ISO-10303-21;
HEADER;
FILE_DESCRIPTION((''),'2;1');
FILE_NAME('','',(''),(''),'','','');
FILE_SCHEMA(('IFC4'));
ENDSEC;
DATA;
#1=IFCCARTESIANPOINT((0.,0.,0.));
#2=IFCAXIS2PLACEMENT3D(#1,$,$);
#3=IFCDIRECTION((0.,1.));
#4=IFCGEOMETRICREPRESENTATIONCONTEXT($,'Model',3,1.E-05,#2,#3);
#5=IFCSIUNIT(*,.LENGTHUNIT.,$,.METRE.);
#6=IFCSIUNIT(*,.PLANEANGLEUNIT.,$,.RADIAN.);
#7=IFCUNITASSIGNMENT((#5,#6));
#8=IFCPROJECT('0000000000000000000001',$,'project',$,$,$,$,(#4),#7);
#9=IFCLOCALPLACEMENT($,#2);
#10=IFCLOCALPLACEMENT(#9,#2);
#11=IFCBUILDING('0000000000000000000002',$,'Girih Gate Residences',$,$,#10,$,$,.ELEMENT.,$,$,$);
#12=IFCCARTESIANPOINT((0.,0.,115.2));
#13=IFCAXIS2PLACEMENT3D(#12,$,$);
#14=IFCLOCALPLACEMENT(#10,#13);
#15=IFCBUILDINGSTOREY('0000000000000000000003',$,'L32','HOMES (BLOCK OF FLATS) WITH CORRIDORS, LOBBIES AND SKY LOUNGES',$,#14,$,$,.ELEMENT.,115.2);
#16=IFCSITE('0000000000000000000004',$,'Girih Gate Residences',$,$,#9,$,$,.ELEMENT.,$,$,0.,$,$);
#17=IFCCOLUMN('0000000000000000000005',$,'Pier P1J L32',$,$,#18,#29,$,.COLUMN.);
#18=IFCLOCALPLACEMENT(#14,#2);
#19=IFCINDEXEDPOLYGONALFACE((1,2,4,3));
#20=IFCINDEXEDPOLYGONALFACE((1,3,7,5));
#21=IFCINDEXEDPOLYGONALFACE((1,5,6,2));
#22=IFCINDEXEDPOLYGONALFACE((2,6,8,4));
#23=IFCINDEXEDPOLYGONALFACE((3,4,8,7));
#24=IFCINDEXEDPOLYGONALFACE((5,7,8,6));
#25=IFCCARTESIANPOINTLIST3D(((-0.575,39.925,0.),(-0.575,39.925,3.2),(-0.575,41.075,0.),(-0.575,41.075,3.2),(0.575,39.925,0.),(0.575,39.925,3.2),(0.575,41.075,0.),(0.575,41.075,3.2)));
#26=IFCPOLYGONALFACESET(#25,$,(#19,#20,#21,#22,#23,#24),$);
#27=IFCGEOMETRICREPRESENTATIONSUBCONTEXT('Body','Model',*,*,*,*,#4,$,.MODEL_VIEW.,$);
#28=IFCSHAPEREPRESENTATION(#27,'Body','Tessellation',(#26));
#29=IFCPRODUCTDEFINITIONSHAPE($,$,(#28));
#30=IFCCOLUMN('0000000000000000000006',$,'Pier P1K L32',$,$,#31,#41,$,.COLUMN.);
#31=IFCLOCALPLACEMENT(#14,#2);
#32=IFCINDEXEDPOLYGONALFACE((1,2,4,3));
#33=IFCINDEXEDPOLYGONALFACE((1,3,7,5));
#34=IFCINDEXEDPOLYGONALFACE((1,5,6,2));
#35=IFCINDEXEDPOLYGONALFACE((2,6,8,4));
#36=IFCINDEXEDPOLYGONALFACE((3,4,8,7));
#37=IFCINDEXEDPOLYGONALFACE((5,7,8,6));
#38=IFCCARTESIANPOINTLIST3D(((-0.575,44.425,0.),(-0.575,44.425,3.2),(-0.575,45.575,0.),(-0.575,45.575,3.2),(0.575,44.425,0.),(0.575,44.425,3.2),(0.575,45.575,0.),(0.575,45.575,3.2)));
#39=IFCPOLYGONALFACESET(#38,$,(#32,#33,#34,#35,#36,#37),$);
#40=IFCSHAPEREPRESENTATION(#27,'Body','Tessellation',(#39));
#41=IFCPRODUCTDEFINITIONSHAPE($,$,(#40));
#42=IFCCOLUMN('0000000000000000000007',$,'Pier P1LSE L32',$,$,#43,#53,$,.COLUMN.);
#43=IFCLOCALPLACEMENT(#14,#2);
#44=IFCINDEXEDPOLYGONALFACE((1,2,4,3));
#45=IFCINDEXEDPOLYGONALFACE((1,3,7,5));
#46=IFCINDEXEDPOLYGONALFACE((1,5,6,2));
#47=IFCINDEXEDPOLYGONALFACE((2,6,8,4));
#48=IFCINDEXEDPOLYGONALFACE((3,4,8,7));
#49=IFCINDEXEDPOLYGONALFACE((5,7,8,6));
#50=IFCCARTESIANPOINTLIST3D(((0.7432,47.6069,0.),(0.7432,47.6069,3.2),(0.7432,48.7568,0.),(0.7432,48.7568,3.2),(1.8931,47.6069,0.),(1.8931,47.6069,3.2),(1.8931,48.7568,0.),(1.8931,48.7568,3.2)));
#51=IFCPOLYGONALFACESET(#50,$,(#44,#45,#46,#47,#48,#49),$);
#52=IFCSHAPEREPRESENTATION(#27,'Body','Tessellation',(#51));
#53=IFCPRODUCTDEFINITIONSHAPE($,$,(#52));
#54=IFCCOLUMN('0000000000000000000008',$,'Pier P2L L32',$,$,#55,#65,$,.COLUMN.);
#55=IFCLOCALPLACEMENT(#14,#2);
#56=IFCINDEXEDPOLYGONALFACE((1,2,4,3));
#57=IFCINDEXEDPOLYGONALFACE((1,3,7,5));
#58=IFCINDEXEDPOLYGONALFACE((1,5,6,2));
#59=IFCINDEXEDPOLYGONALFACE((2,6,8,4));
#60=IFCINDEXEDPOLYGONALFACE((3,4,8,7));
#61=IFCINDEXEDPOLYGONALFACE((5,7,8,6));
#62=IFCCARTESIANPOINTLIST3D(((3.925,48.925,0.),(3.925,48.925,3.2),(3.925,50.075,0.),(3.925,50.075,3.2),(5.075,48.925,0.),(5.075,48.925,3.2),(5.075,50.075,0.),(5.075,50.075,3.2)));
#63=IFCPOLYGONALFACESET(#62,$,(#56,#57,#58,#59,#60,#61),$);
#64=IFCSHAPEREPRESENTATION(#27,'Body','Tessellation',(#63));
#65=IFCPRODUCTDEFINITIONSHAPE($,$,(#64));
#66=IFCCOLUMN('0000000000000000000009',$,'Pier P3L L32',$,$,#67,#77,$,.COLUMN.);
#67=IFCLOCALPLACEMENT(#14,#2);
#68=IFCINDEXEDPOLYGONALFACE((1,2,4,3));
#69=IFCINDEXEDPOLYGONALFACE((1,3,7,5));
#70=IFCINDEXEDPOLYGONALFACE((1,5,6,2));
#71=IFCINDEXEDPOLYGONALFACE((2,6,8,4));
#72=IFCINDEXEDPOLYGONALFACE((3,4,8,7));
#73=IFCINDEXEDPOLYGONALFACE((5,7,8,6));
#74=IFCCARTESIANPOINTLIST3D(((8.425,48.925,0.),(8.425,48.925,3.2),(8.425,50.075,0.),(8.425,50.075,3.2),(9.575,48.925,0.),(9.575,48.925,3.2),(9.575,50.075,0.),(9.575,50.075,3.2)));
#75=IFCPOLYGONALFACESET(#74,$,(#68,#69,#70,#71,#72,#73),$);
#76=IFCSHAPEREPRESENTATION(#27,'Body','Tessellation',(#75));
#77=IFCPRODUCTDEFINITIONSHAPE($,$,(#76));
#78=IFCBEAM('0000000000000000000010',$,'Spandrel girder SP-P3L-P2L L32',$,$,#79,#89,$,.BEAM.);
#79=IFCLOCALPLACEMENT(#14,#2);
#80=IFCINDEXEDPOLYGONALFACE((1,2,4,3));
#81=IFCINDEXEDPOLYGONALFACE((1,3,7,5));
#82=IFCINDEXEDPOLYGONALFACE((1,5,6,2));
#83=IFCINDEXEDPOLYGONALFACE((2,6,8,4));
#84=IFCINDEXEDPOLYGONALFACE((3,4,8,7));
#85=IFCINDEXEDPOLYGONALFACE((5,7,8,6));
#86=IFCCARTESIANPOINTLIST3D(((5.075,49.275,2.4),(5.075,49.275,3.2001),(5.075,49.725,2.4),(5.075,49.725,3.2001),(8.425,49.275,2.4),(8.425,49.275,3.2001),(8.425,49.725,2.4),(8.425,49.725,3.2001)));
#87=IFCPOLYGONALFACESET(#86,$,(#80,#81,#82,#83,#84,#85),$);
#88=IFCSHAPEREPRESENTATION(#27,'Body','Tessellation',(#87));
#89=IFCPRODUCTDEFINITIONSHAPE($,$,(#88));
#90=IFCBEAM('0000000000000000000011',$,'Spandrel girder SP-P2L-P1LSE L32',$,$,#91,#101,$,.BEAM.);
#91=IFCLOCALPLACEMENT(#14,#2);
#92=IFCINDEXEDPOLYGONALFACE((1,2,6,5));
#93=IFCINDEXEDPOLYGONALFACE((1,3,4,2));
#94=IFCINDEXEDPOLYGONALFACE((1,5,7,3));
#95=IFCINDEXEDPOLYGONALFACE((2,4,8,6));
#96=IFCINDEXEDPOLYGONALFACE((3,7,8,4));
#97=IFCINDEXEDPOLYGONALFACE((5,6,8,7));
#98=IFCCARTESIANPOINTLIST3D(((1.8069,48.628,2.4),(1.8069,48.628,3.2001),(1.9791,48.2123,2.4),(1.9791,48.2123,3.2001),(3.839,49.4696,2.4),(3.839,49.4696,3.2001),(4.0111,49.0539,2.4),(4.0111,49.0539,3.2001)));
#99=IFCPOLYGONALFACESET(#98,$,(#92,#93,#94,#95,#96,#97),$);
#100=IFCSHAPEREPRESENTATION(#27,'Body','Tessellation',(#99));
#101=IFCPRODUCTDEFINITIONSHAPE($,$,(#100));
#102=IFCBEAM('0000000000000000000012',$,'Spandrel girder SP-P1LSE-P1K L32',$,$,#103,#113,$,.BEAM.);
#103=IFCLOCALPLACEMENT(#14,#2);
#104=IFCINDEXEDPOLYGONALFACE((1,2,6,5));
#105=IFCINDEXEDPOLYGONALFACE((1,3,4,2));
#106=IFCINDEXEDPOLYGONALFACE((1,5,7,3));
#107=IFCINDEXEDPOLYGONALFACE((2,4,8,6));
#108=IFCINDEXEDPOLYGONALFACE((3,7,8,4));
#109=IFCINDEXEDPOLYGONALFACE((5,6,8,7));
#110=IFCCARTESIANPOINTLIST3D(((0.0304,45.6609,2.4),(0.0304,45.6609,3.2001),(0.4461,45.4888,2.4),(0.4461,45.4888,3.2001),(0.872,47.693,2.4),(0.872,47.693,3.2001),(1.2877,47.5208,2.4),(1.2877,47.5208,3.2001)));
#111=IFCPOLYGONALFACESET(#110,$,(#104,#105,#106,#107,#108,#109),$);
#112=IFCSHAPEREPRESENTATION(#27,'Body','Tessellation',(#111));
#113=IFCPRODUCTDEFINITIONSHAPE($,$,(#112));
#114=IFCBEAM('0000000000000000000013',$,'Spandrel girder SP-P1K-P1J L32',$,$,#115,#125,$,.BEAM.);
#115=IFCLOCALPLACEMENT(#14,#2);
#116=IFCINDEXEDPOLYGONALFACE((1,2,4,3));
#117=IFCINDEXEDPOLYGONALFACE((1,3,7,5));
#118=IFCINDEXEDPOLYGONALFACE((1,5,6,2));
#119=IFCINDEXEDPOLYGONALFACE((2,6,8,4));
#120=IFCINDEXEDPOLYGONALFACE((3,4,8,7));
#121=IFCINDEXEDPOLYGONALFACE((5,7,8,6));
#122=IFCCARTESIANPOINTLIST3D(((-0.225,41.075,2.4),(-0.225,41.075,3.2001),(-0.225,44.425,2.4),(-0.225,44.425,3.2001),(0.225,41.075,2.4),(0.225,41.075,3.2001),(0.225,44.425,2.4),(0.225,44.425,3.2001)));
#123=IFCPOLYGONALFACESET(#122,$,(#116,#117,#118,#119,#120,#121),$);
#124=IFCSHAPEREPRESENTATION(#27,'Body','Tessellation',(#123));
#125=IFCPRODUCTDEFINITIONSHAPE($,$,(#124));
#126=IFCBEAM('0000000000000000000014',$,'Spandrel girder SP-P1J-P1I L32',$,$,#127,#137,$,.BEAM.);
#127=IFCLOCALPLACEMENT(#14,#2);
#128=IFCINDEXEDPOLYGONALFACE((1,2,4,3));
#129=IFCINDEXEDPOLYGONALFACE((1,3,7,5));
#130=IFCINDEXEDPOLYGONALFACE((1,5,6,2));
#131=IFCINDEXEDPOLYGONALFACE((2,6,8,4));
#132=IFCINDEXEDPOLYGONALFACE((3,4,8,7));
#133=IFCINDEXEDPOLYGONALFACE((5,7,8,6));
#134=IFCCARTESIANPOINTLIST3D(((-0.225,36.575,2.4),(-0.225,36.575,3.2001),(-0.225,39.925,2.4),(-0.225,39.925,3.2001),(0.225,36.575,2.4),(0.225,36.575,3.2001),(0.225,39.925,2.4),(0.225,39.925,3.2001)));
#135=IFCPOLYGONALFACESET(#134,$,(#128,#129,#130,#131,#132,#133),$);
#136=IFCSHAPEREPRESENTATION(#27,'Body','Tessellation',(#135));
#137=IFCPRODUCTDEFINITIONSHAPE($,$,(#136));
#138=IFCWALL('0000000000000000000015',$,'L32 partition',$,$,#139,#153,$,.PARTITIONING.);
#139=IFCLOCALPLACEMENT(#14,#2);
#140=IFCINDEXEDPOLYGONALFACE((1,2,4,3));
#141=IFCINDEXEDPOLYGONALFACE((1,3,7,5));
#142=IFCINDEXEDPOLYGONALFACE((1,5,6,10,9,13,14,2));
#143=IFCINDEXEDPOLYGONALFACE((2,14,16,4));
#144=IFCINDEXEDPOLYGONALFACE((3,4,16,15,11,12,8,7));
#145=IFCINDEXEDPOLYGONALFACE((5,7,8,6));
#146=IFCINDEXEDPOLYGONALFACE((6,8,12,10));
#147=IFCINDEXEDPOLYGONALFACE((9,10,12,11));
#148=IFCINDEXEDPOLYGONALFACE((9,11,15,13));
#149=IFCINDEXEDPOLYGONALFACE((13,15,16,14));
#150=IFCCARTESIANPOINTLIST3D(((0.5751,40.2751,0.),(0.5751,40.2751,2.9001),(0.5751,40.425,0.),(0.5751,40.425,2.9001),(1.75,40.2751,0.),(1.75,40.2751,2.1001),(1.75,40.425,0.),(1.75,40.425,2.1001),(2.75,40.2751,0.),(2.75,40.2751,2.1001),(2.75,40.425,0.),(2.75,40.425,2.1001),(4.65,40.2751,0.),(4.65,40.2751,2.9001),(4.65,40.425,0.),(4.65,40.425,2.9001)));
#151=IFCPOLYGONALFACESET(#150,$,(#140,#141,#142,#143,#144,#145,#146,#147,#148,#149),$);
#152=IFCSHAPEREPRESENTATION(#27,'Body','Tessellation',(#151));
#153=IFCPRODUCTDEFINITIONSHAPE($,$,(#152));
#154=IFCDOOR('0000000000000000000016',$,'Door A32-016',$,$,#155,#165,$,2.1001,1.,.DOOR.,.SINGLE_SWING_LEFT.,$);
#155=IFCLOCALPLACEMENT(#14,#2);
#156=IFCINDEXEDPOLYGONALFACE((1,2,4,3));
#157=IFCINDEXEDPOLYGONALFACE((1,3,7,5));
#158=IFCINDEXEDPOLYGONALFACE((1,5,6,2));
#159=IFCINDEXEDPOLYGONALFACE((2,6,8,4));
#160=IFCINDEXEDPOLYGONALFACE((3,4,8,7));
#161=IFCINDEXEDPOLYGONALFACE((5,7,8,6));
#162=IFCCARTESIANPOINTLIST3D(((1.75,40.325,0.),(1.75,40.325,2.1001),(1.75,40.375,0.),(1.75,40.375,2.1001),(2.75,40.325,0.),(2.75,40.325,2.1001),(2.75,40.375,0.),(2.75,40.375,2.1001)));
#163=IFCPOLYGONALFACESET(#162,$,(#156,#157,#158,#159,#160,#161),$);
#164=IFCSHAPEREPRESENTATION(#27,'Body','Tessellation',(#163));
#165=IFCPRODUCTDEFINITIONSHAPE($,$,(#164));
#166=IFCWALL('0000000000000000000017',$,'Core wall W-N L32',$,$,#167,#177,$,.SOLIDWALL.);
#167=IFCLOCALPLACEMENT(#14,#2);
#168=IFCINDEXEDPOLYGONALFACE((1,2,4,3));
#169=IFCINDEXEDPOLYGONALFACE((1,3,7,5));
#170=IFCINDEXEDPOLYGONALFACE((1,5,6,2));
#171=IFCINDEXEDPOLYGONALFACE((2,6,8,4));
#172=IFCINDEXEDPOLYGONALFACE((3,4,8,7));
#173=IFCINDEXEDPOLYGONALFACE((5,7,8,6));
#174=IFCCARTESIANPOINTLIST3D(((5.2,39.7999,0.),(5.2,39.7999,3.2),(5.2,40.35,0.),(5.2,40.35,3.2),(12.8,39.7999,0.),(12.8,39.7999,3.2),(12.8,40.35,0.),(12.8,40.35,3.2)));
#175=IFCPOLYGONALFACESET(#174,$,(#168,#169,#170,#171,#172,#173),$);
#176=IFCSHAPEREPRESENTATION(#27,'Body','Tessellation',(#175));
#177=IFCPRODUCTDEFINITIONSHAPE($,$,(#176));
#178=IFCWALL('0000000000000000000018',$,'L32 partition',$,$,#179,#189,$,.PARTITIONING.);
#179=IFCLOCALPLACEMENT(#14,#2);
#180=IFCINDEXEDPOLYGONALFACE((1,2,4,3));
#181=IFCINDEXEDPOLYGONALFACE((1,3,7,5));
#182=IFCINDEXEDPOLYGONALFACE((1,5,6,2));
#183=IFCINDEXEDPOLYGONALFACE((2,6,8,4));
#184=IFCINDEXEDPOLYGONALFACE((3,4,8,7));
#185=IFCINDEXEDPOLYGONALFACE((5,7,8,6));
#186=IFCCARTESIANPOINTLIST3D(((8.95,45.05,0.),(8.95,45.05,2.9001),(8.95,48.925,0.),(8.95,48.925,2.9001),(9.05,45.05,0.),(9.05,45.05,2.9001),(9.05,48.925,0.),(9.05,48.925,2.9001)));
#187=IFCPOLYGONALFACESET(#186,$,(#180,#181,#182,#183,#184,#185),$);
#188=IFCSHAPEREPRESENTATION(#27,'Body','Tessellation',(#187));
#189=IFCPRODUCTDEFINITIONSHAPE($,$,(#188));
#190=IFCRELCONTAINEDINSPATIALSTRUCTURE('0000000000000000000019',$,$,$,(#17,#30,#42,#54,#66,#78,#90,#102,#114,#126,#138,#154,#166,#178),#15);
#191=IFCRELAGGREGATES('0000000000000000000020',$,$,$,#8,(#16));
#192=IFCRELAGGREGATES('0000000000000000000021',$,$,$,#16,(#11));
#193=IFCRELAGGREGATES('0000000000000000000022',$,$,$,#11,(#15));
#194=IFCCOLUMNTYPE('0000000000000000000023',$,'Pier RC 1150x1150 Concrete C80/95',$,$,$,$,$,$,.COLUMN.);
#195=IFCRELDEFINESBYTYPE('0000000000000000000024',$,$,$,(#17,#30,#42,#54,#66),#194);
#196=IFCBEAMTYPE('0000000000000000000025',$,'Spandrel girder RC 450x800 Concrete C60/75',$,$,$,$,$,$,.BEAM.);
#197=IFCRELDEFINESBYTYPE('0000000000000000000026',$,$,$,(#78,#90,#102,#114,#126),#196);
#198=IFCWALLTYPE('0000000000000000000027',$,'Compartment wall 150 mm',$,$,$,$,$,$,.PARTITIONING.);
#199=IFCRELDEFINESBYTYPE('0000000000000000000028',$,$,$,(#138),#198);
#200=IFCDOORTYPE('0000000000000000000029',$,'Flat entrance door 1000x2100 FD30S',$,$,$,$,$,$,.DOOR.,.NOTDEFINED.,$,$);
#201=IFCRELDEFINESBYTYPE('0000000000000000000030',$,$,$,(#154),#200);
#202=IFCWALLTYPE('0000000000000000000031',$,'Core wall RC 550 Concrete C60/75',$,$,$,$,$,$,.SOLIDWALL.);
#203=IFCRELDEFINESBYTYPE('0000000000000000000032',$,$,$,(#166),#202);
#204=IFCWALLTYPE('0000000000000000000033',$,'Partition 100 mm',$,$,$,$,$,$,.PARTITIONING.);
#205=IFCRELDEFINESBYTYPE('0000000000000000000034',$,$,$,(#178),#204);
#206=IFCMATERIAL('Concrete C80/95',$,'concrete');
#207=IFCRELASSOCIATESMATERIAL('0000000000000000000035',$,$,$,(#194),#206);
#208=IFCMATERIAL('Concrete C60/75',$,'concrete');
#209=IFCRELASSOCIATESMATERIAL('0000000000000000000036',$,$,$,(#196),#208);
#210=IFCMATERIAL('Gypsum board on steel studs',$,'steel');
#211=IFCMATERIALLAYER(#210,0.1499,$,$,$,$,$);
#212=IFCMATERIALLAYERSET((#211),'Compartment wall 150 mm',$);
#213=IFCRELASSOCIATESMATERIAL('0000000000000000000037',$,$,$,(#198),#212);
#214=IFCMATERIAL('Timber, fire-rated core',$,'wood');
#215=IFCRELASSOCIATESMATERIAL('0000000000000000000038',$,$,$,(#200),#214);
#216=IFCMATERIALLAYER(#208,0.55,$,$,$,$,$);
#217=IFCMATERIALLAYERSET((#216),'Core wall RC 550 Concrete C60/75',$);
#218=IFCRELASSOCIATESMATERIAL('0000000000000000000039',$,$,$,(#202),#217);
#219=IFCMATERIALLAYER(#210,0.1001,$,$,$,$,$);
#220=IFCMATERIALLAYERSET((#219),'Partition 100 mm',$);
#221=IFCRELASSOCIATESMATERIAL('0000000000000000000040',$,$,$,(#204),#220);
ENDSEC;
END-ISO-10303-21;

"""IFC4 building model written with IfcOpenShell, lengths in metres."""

from ifc_helpers import new_model, si_unit, direction, frame, frame_2d, origin, origin_2d, place, context, subcontext, project, spatial, rectangle, extrude, material, layer, layer_set, material_profile, profile_set, type_object, element, fill, save


model = new_model("IFC4")

# Units and contexts
model_context = context("Model", 3, precision=1e-05, world=origin(), true_north=direction((0.0, 1.0)))
body_context = subcontext(model_context, "Body", "Model", "MODEL_VIEW")
ifc_project = project(units=[si_unit("LENGTHUNIT", "METRE"), si_unit("PLANEANGLEUNIT", "RADIAN")], contexts=[model_context])

# Site, building, storey
site_placement = place(None, origin())
site = spatial("IfcSite", under=ifc_project, at=site_placement, Name="Girih Gate Residences", CompositionType="ELEMENT", RefElevation=0.0)
building_placement = place(site_placement, origin())
building = spatial("IfcBuilding", under=site, at=building_placement, Name="Girih Gate Residences", CompositionType="ELEMENT")
storey_placement = place(building_placement, frame((0.0, 0.0, 115.2)))
storey = spatial("IfcBuildingStorey", under=building, at=storey_placement, Name="L32", Description="HOMES (BLOCK OF FLATS) WITH CORRIDORS, LOBBIES AND SKY LOUNGES", CompositionType="ELEMENT", Elevation=115.2)

# Columns
ifc_material_1 = material(Name="Concrete C80/95", Category="concrete")
ifc_material_profile_1 = material_profile(ifc_material_1, rectangle(XDim=1.1499, YDim=1.1499, at=origin_2d()))
ifc_profile_set_1 = profile_set([ifc_material_profile_1], Name="Concrete C80/95")
column_type = type_object("IfcColumnType", Name="Pier RC 1150x1150 Concrete C80/95", PredefinedType="COLUMN", material=ifc_profile_set_1)
for number, where, z_axis, x_axis, name in (
    (1, (0.0, 40.5, 0.0), (0.0, 0.0, 1.0), (1.0, 0.0, 0.0), "Pier P1J L32"),
    (2, (0.0, 45.0, 0.0), (0.0, 0.0, 1.0), (1.0, 0.0, 0.0), "Pier P1K L32"),
    (3, (1.3181, 48.1819, 0.0), (0.0, 0.0, 1.0), (1.0, 0.0, 0.0), "Pier P1LSE L32"),
    (4, (4.5, 49.5, 0.0), (0.0, 0.0, 1.0), (1.0, 0.0, 0.0), "Pier P2L L32"),
    (5, (9.0, 49.5, 0.0), (0.0, 0.0, 1.0), (1.0, 0.0, 0.0), "Pier P3L L32"),
):
    element("IfcColumn", number, at=place(storey_placement, frame(where, z_axis=z_axis, x_axis=x_axis)), inside=storey, type_object=column_type, Name=name, PredefinedType="COLUMN", context=body_context, shape_type="SweptSolid", body=[
        extrude(rectangle(XDim=1.1499, YDim=1.1499, at=origin_2d()), origin(), (0.0, 0.0, 1.0), 3.2),
    ])

# Beams
ifc_material_2 = material(Name="Concrete C60/75", Category="concrete")
ifc_material_profile_2 = material_profile(ifc_material_2, rectangle(XDim=0.45, YDim=0.8, at=origin_2d()))
ifc_profile_set_2 = profile_set([ifc_material_profile_2], Name="Concrete C60/75")
beam_type = type_object("IfcBeamType", Name="Spandrel girder RC 450x800 Concrete C60/75", PredefinedType="BEAM", material=ifc_profile_set_2)
beam_placement = place(storey_placement, frame((8.425, 49.5, 2.8), z_axis=(-1.0, 0.0, 0.0), x_axis=(0.0, -1.0, 0.0)))
element("IfcBeam", 6, at=beam_placement, inside=storey, type_object=beam_type, Name="Spandrel girder SP-P3L-P2L L32", PredefinedType="BEAM", context=body_context, shape_type="SweptSolid", body=[
    extrude(rectangle(XDim=0.45, YDim=0.8, at=origin_2d()), origin(), (0.0, 0.0, 1.0), 3.3501),
])
for number, where, z_axis, x_axis, name in (
    (7, (3.925, 49.2617, 2.8), (-0.923899, -0.382636, 0.0), (0.382636, -0.923899, 0.0), "Spandrel girder SP-P2L-P1LSE L32"),
    (8, (1.0798, 47.6069, 2.8), (-0.382636, -0.923899, 0.0), (0.923899, -0.382636, 0.0), "Spandrel girder SP-P1LSE-P1K L32"),
):
    element("IfcBeam", number, at=place(storey_placement, frame(where, z_axis=z_axis, x_axis=x_axis)), inside=storey, type_object=beam_type, Name=name, PredefinedType="BEAM", context=body_context, shape_type="SweptSolid", body=[
        extrude(rectangle(XDim=0.45, YDim=0.8, at=origin_2d()), origin(), (0.0, 0.0, 1.0), 2.1995),
    ])
for number, where, z_axis, x_axis, name in (
    (9, (0.0, 44.425, 2.8), (0.0, -1.0, 0.0), (1.0, 0.0, 0.0), "Spandrel girder SP-P1K-P1J L32"),
    (10, (0.0, 39.925, 2.8), (0.0, -1.0, 0.0), (1.0, 0.0, 0.0), "Spandrel girder SP-P1J-P1I L32"),
):
    element("IfcBeam", number, at=place(storey_placement, frame(where, z_axis=z_axis, x_axis=x_axis)), inside=storey, type_object=beam_type, Name=name, PredefinedType="BEAM", context=body_context, shape_type="SweptSolid", body=[
        extrude(rectangle(XDim=0.45, YDim=0.8, at=origin_2d()), origin(), (0.0, 0.0, 1.0), 3.3501),
    ])

# Wall, opening, door
ifc_material_3 = material(Name="Gypsum board on steel studs", Category="steel")
ifc_layer_1 = layer(ifc_material_3, 0.1499)
ifc_layer_set_1 = layer_set([ifc_layer_1], Name="Compartment wall 150 mm")
wall_type_1 = type_object("IfcWallType", Name="Compartment wall 150 mm", PredefinedType="PARTITIONING", material=ifc_layer_set_1)
wall_1_placement = place(storey_placement, frame((0.575, 40.3501, 0.0), z_axis=(0.0, 0.0, 1.0), x_axis=(1.0, 0.0, 0.0)))
wall_1 = element("IfcWall", 11, at=wall_1_placement, inside=storey, type_object=wall_type_1, Name="L32 partition", PredefinedType="PARTITIONING", context=body_context, shape_type="SweptSolid", body=[
    extrude(rectangle(XDim=4.075, YDim=0.1499, at=frame_2d((2.0376, 0.0))), origin(), (0.0, 0.0, 1.0), 2.9001),
])
opening_1_placement = place(wall_1_placement, frame((1.175, 0.0, 0.0)))
opening_1 = element("IfcOpeningElement", 12, at=opening_1_placement, cuts=wall_1, PredefinedType="OPENING", context=body_context, shape_type="SweptSolid", body=[
    extrude(rectangle(XDim=1.0, YDim=2.1001, at=frame_2d((0.5, 1.05))), frame((0.0, 0.085, 0.0), z_axis=(0.0, -1.0, 0.0), x_axis=(1.0, 0.0, 0.0)), (0.0, 0.0, 1.0), 0.1699),
])
ifc_material_4 = material(Name="Timber, fire-rated core", Category="wood")
door_type_1 = type_object("IfcDoorType", Name="Flat entrance door 1000x2100 FD30S", OperationType="NOTDEFINED", PredefinedType="DOOR", material=ifc_material_4)
door_1_placement = place(opening_1_placement, origin())
door_1 = element("IfcDoor", 13, at=door_1_placement, inside=storey, type_object=door_type_1, Name="Door A32-016", OperationType="SINGLE_SWING_LEFT", OverallHeight=2.1001, OverallWidth=1.0, PredefinedType="DOOR", context=body_context, shape_type="SweptSolid", body=[
    extrude(rectangle(XDim=1.0, YDim=2.1001, at=frame_2d((0.5, 1.05))), frame((0.0, 0.0249, 0.0), z_axis=(0.0, -1.0, 0.0), x_axis=(1.0, 0.0, 0.0)), (0.0, 0.0, 1.0), 0.05),
])
fill(opening_1, door_1)

# Walls
ifc_layer_2 = layer(ifc_material_2, 0.55)
ifc_layer_set_2 = layer_set([ifc_layer_2], Name="Core wall RC 550 Concrete C60/75")
wall_type_2 = type_object("IfcWallType", Name="Core wall RC 550 Concrete C60/75", PredefinedType="SOLIDWALL", material=ifc_layer_set_2)
wall_2_placement = place(storey_placement, frame((5.2, 40.075, 0.0), z_axis=(0.0, 0.0, 1.0), x_axis=(1.0, 0.0, 0.0)))
element("IfcWall", 14, at=wall_2_placement, inside=storey, type_object=wall_type_2, Name="Core wall W-N L32", PredefinedType="SOLIDWALL", context=body_context, shape_type="SweptSolid", body=[
    extrude(rectangle(XDim=7.6001, YDim=0.55, at=frame_2d((3.8, 0.0))), origin(), (0.0, 0.0, 1.0), 3.2),
])
ifc_layer_3 = layer(ifc_material_3, 0.1001)
ifc_layer_set_3 = layer_set([ifc_layer_3], Name="Partition 100 mm")
wall_type_3 = type_object("IfcWallType", Name="Partition 100 mm", PredefinedType="PARTITIONING", material=ifc_layer_set_3)
wall_3_placement = place(storey_placement, frame((9.0, 45.05, 0.0), z_axis=(0.0, 0.0, 1.0), x_axis=(0.0, 1.0, 0.0)))
element("IfcWall", 15, at=wall_3_placement, inside=storey, type_object=wall_type_3, Name="L32 partition", PredefinedType="PARTITIONING", context=body_context, shape_type="SweptSolid", body=[
    extrude(rectangle(XDim=3.875, YDim=0.1001, at=frame_2d((1.9375, 0.0))), origin(), (0.0, 0.0, 1.0), 2.9001),
])

save(model, "model.ifc")
